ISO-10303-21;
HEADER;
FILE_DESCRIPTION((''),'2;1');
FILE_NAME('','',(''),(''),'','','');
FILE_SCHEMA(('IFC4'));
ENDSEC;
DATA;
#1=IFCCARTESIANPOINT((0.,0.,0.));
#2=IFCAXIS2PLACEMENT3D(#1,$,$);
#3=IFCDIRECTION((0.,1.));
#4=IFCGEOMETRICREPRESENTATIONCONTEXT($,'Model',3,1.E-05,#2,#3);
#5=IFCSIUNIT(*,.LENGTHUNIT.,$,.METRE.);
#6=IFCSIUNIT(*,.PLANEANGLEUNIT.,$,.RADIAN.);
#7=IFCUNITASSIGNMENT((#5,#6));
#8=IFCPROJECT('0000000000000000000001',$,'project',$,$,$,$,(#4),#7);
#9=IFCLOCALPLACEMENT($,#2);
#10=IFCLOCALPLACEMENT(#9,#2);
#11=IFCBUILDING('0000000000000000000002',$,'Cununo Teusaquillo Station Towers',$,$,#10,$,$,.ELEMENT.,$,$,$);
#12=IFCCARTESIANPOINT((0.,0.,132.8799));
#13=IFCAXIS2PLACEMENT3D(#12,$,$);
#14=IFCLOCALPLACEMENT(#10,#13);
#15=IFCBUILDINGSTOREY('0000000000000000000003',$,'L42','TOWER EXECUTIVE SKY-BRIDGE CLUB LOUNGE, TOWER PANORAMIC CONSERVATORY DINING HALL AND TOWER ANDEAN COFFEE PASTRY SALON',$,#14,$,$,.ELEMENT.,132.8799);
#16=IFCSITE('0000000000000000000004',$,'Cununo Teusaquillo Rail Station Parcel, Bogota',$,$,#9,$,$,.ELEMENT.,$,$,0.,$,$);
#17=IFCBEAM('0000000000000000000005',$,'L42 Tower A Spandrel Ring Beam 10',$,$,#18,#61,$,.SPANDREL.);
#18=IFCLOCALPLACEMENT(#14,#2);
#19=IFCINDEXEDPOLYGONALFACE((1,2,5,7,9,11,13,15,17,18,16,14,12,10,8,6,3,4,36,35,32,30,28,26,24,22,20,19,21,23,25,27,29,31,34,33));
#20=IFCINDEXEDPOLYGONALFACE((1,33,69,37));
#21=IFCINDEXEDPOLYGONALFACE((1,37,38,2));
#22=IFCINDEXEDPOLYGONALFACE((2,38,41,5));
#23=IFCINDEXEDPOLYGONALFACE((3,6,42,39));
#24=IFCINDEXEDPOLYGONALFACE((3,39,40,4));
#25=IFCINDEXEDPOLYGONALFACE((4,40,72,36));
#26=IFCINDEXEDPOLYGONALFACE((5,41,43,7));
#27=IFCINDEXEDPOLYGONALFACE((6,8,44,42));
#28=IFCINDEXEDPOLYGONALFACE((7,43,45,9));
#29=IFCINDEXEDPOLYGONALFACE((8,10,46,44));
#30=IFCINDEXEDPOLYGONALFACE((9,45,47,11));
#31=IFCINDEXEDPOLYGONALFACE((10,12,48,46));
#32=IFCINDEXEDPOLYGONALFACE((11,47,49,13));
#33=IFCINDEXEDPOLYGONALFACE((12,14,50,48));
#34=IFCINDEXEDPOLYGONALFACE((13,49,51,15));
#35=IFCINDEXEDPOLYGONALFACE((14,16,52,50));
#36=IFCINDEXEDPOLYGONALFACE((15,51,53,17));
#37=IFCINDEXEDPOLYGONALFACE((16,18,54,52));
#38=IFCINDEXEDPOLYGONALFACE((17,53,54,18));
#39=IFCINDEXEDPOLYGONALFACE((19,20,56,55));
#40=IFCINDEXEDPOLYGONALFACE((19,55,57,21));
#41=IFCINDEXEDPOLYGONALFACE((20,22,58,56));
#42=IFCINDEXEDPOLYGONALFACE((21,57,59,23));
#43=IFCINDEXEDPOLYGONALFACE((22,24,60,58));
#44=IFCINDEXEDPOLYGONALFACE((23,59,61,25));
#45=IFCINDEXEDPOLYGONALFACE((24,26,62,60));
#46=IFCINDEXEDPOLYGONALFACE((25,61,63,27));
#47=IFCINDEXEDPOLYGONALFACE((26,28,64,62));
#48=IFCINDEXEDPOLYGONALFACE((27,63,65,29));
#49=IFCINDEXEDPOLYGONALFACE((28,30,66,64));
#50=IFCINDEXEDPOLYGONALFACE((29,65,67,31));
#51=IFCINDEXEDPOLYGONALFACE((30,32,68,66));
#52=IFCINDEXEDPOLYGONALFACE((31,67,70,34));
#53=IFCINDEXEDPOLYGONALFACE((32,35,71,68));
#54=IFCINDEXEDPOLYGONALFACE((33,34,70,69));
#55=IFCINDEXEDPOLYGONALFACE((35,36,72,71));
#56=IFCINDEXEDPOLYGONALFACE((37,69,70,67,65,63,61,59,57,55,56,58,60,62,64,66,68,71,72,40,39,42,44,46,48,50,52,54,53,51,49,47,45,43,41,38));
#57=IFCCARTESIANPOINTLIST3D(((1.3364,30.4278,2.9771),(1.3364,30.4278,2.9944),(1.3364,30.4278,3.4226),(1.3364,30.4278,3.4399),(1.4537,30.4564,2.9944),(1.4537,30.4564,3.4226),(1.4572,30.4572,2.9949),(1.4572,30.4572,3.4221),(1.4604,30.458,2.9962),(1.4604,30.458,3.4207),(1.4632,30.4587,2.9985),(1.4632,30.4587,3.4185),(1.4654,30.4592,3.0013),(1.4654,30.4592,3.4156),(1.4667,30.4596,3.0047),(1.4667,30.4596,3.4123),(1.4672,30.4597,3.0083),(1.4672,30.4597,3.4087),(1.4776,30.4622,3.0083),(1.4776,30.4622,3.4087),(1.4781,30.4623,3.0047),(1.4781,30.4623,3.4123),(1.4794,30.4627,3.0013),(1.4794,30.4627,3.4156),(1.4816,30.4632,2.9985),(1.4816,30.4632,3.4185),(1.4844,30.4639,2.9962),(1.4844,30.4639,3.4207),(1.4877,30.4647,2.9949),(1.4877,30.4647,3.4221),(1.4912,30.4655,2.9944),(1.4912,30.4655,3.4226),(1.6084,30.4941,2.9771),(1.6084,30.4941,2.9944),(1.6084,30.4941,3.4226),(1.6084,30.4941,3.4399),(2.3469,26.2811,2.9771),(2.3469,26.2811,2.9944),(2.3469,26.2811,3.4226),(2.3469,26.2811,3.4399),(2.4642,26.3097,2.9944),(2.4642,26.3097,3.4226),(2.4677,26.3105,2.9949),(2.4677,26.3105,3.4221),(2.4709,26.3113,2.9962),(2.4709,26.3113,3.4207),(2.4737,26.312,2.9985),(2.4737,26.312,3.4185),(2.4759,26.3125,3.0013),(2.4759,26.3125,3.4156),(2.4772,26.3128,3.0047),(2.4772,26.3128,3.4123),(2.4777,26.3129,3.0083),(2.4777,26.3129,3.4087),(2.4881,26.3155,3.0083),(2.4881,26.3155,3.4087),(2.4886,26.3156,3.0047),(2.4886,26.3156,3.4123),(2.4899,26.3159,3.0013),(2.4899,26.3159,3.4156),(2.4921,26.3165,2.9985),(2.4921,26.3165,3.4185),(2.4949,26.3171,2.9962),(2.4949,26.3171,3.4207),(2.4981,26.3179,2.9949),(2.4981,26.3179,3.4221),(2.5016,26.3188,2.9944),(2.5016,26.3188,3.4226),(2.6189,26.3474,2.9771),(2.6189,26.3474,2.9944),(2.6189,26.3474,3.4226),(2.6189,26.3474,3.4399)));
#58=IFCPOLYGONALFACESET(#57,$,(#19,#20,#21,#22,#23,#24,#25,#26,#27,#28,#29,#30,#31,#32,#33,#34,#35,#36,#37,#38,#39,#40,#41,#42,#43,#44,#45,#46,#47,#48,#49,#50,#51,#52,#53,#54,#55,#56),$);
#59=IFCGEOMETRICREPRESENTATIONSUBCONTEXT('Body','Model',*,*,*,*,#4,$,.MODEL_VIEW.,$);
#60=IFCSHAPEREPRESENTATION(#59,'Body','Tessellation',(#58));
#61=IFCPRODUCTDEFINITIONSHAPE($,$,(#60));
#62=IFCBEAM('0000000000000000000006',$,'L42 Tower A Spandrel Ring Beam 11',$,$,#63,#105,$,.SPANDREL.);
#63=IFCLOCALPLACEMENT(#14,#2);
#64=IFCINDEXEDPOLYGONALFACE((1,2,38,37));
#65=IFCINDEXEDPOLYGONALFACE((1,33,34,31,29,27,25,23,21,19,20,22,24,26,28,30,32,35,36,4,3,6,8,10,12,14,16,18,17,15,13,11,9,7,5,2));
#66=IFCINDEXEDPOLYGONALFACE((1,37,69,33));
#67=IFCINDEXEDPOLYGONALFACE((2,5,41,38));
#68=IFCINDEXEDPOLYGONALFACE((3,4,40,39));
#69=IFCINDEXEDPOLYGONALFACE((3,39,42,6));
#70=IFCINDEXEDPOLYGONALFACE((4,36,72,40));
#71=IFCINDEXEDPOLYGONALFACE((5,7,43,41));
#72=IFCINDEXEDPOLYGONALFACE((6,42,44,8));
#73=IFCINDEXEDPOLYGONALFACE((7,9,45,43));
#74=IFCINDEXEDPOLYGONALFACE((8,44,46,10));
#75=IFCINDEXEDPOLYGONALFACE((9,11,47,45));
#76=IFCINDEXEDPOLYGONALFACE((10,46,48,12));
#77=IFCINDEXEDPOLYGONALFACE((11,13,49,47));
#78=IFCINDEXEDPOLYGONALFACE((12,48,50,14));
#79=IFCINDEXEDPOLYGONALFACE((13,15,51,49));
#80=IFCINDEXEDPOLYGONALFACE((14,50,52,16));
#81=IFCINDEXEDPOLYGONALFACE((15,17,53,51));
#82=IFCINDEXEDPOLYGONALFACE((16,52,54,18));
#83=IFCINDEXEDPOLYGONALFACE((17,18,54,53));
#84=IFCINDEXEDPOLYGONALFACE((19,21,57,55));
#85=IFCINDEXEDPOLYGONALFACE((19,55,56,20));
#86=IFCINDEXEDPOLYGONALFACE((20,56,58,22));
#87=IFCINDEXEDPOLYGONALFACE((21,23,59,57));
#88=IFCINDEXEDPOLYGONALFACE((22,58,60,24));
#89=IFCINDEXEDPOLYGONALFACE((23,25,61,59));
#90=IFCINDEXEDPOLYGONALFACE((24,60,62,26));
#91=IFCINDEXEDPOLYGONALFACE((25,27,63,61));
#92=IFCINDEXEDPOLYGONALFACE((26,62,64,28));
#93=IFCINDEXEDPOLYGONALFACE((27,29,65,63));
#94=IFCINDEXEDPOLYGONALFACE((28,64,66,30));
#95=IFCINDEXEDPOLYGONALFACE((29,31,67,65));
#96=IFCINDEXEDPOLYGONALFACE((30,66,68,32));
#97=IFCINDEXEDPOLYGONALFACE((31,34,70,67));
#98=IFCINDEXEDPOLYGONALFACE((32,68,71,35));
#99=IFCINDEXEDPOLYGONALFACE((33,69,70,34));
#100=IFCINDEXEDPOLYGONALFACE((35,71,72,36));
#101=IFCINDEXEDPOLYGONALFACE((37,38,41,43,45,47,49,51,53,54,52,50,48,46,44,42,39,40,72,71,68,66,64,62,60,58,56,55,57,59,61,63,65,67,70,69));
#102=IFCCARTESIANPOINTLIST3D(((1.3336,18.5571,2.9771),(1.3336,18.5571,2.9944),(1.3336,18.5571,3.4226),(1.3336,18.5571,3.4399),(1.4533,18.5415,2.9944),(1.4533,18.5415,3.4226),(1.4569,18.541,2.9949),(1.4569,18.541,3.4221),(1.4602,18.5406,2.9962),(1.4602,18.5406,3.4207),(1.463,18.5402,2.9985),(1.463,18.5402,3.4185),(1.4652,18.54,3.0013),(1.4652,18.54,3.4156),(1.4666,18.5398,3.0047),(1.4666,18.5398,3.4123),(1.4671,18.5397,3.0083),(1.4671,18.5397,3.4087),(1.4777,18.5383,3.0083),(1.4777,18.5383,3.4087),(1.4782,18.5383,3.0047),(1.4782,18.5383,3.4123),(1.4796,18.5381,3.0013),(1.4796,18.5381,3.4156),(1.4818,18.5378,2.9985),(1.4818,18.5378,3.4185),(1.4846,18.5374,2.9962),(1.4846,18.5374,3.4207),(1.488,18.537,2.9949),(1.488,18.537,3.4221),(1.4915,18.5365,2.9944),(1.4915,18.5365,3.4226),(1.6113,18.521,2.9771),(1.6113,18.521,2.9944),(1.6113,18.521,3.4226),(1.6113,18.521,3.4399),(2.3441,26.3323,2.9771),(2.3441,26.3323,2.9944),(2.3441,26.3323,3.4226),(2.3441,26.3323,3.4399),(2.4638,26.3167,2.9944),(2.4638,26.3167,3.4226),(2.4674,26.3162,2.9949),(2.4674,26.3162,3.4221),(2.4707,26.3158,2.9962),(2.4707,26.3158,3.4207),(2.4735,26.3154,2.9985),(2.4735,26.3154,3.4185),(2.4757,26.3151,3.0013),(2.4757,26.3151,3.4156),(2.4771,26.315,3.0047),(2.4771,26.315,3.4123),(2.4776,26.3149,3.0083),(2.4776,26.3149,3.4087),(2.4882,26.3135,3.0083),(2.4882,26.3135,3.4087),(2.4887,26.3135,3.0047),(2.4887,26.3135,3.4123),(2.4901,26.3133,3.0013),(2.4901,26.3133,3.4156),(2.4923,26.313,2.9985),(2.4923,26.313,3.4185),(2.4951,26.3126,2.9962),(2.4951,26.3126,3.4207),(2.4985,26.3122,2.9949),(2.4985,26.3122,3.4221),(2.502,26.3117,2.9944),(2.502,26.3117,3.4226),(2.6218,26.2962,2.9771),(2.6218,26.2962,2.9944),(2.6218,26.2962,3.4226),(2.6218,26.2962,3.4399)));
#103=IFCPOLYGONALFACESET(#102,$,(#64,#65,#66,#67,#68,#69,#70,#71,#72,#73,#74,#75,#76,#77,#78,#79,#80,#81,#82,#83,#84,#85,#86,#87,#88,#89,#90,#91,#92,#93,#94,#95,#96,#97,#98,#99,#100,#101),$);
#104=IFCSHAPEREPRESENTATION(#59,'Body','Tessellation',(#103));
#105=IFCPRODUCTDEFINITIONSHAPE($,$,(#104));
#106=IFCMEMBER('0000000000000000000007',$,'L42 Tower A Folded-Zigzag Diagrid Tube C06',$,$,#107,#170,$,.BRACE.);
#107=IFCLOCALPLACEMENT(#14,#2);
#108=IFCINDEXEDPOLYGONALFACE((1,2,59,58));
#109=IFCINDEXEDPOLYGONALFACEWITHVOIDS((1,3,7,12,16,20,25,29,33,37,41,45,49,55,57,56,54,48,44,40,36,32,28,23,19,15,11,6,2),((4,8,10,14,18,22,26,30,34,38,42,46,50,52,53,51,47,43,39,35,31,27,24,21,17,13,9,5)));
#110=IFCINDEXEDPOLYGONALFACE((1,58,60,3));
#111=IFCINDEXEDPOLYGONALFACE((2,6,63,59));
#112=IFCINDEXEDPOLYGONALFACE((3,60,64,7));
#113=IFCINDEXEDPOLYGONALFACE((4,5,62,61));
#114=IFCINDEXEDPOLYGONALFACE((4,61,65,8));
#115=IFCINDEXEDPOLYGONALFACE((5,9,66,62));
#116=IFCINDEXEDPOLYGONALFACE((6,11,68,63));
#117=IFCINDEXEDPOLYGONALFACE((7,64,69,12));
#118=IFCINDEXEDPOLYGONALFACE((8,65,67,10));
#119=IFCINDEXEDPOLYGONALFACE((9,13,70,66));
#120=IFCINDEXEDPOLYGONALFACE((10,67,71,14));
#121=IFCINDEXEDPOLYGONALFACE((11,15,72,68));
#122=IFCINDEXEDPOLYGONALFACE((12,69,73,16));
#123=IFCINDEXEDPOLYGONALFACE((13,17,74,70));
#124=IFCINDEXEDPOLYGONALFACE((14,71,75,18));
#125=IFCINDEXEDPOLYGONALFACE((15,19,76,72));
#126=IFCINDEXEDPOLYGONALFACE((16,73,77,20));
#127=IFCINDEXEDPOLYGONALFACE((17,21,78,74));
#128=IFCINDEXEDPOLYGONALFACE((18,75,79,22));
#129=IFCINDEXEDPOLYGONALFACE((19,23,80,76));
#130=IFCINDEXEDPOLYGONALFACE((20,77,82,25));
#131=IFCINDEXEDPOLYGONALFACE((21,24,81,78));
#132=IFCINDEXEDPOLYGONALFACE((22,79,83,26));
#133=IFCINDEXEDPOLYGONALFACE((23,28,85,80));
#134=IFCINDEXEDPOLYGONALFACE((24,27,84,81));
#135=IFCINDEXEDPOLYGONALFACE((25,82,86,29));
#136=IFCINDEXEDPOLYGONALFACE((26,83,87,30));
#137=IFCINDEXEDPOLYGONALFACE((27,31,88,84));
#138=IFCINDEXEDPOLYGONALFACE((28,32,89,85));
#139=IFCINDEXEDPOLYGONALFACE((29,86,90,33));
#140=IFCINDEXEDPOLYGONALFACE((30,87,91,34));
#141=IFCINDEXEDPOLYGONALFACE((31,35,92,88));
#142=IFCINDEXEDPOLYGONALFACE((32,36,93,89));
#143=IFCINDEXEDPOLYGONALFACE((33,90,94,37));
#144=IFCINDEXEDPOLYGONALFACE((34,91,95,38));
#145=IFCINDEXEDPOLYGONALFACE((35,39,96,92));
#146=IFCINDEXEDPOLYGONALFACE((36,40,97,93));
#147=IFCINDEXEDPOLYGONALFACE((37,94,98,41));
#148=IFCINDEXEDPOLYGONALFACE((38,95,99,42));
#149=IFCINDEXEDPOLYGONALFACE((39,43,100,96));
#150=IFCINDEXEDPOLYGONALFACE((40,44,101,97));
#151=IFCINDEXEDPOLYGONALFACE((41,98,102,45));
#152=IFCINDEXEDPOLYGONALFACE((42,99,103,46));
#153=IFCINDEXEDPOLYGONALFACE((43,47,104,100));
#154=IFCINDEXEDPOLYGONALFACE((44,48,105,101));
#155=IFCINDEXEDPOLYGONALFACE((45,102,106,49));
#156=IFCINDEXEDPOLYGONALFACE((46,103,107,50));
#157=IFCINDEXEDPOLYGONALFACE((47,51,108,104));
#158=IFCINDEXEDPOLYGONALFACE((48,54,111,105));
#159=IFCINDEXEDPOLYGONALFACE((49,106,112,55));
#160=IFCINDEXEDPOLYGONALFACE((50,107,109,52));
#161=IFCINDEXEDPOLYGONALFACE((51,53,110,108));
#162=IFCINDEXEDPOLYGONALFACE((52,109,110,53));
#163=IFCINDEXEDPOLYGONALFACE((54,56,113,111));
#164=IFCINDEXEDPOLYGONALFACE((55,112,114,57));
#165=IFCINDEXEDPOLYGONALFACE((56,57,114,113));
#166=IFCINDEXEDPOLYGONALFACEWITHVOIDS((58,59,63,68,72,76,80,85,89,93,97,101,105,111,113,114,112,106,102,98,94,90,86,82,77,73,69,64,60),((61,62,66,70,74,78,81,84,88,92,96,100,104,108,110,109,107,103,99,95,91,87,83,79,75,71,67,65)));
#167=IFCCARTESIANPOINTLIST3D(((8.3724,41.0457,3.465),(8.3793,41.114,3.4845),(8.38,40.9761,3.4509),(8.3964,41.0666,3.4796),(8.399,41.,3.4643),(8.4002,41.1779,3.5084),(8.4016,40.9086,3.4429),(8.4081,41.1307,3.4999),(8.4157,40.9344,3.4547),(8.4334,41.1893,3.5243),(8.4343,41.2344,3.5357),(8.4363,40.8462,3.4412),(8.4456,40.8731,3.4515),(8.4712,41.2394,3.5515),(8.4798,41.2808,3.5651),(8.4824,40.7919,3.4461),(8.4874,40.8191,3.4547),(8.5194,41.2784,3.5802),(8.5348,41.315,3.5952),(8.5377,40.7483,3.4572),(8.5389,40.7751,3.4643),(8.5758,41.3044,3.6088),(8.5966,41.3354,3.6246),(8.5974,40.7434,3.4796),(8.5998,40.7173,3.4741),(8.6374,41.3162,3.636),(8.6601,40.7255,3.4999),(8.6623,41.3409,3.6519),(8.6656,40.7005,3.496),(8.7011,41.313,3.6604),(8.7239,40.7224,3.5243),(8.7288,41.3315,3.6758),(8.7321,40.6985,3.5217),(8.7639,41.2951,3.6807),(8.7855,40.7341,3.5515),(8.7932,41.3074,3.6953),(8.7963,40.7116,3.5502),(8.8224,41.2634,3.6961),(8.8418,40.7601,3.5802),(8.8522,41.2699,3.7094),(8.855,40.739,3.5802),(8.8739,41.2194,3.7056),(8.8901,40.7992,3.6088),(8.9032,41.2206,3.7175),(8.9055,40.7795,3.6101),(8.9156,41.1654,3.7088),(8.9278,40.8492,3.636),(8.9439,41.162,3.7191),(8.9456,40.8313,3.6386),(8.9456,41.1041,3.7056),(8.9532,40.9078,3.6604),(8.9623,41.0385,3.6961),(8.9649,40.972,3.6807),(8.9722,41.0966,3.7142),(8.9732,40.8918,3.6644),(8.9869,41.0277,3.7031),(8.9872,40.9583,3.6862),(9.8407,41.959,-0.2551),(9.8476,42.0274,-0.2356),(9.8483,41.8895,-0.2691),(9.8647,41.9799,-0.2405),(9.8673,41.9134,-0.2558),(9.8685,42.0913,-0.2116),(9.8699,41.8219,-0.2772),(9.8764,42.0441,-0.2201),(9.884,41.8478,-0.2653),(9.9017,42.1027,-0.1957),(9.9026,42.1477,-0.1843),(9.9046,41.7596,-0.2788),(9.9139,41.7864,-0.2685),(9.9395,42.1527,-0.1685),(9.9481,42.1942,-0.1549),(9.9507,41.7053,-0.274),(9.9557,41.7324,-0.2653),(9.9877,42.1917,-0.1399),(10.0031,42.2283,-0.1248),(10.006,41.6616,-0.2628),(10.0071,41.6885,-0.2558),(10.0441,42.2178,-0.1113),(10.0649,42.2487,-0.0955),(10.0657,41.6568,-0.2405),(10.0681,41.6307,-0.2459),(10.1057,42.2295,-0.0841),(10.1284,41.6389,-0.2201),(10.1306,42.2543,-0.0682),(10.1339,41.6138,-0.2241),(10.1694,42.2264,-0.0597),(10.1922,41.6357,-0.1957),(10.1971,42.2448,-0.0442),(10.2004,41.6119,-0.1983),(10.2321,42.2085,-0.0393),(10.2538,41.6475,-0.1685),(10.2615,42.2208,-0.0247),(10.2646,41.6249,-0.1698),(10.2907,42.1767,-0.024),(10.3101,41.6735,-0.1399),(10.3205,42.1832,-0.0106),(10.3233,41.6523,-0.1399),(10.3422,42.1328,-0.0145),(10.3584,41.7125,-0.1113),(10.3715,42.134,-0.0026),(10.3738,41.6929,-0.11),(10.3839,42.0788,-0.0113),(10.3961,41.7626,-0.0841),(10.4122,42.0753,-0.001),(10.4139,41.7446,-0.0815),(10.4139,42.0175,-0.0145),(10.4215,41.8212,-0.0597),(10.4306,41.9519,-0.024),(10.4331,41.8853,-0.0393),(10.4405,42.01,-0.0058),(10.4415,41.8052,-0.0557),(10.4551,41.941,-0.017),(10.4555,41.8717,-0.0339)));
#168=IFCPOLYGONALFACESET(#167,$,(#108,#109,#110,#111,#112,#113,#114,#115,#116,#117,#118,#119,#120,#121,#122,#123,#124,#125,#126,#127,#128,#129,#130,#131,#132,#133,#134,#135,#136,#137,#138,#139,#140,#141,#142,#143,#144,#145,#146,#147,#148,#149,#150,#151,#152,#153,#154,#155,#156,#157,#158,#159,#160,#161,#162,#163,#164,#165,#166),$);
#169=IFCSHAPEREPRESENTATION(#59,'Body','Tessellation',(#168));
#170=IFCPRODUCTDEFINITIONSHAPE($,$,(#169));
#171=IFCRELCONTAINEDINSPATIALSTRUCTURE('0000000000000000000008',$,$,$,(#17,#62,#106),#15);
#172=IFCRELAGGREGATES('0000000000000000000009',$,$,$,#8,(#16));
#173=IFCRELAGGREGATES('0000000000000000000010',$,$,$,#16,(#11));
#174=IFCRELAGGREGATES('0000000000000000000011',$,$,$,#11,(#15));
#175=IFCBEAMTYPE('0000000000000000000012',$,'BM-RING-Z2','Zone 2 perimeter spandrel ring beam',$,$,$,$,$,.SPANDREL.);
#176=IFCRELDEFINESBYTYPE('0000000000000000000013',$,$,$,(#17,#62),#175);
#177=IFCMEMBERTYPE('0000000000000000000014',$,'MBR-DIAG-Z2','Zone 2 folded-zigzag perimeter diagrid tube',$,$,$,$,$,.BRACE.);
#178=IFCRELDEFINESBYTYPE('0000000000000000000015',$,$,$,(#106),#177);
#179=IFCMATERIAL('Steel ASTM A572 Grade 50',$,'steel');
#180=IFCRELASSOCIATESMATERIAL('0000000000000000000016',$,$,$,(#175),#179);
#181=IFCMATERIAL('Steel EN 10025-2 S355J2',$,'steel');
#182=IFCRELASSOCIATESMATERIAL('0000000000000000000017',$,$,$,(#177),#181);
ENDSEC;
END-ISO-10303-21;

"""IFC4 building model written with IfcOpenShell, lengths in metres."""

from ifc_helpers import new_model, si_unit, direction, frame, origin, origin_2d, place, context, subcontext, project, spatial, hollow_circle, i_section, extrude, material, material_profile, profile_set, type_object, element, save


model = new_model("IFC4")

# Units and contexts
model_context = context("Model", 3, precision=1e-05, world=origin(), true_north=direction((0.0, 1.0)))
body_context = subcontext(model_context, "Body", "Model", "MODEL_VIEW")
ifc_project = project(units=[si_unit("LENGTHUNIT", "METRE"), si_unit("PLANEANGLEUNIT", "RADIAN")], contexts=[model_context])

# Site, building, storey
site_placement = place(None, origin())
site = spatial("IfcSite", under=ifc_project, at=site_placement, Name="Cununo Teusaquillo Rail Station Parcel, Bogota", CompositionType="ELEMENT", RefElevation=0.0)
building_placement = place(site_placement, origin())
building = spatial("IfcBuilding", under=site, at=building_placement, Name="Cununo Teusaquillo Station Towers", CompositionType="ELEMENT")
storey_placement = place(building_placement, frame((0.0, 0.0, 132.8799)))
storey = spatial("IfcBuildingStorey", under=building, at=storey_placement, Name="L42", Description="TOWER EXECUTIVE SKY-BRIDGE CLUB LOUNGE, TOWER PANORAMIC CONSERVATORY DINING HALL AND TOWER ANDEAN COFFEE PASTRY SALON", CompositionType="ELEMENT", Elevation=132.8799)

# Beams
ifc_material_1 = material(Name="Steel ASTM A572 Grade 50", Category="steel")
ifc_material_profile_1 = material_profile(ifc_material_1, i_section(OverallWidth=0.28, OverallDepth=0.4629, WebThickness=0.0107, FlangeThickness=0.0173, FilletRadius=0.0139, at=origin_2d()), Name="W18X76")
ifc_profile_set_1 = profile_set([ifc_material_profile_1], Name="Steel ASTM A572 Grade 50")
beam_type_1 = type_object("IfcBeamType", Name="BM-RING-Z2", Description="Zone 2 perimeter spandrel ring beam", PredefinedType="SPANDREL", material=ifc_profile_set_1)
beam_1_placement = place(storey_placement, frame((1.4724, 30.4609, 3.2085), z_axis=(0.236757, -0.971569, 0.0), x_axis=(0.971569, 0.236757, 0.0)))
element("IfcBeam", 1, at=beam_1_placement, inside=storey, type_object=beam_type_1, Name="L42 Tower A Spandrel Ring Beam 10", PredefinedType="SPANDREL", context=body_context, shape_type="SweptSolid", body=[
    extrude(i_section(OverallWidth=0.28, OverallDepth=0.4629, WebThickness=0.0107, FlangeThickness=0.0173, FilletRadius=0.0139, at=origin_2d()), origin(), (0.0, 0.0, 1.0), 4.2681),
])
beam_2_placement = place(storey_placement, frame((2.4829, 26.3142, 3.2085), z_axis=(-0.128881, -0.99166, 0.0), x_axis=(0.99166, -0.128881, 0.0)))
element("IfcBeam", 2, at=beam_2_placement, inside=storey, type_object=beam_type_1, Name="L42 Tower A Spandrel Ring Beam 11", PredefinedType="SPANDREL", context=body_context, shape_type="SweptSolid", body=[
    extrude(i_section(OverallWidth=0.28, OverallDepth=0.4629, WebThickness=0.0107, FlangeThickness=0.0173, FilletRadius=0.0139, at=origin_2d()), origin(), (0.0, 0.0, 1.0), 7.8406),
])

# Member
ifc_material_2 = material(Name="Steel EN 10025-2 S355J2", Category="steel")
ifc_material_profile_2 = material_profile(ifc_material_2, hollow_circle(Radius=0.3301, WallThickness=0.0249, at=origin_2d()), Name="CHS 660x25")
ifc_profile_set_2 = profile_set([ifc_material_profile_2], Name="Steel EN 10025-2 S355J2")
member_type = type_object("IfcMemberType", Name="MBR-DIAG-Z2", Description="Zone 2 folded-zigzag perimeter diagrid tube", PredefinedType="BRACE", material=ifc_profile_set_2)
member_1_placement = place(storey_placement, frame((10.1489, 41.9326, -0.1399), z_axis=(-0.357919, -0.222643, 0.906821), x_axis=(0.528196, -0.849123, 0.0)))
element("IfcMember", 3, at=member_1_placement, inside=storey, type_object=member_type, Name="L42 Tower A Folded-Zigzag Diagrid Tube C06", PredefinedType="BRACE", context=body_context, shape_type="SweptSolid", body=[
    extrude(hollow_circle(Radius=0.3301, WallThickness=0.0249, at=origin_2d()), origin(), (0.0, 0.0, 1.0), 4.1023),
])

save(model, "model.ifc")
